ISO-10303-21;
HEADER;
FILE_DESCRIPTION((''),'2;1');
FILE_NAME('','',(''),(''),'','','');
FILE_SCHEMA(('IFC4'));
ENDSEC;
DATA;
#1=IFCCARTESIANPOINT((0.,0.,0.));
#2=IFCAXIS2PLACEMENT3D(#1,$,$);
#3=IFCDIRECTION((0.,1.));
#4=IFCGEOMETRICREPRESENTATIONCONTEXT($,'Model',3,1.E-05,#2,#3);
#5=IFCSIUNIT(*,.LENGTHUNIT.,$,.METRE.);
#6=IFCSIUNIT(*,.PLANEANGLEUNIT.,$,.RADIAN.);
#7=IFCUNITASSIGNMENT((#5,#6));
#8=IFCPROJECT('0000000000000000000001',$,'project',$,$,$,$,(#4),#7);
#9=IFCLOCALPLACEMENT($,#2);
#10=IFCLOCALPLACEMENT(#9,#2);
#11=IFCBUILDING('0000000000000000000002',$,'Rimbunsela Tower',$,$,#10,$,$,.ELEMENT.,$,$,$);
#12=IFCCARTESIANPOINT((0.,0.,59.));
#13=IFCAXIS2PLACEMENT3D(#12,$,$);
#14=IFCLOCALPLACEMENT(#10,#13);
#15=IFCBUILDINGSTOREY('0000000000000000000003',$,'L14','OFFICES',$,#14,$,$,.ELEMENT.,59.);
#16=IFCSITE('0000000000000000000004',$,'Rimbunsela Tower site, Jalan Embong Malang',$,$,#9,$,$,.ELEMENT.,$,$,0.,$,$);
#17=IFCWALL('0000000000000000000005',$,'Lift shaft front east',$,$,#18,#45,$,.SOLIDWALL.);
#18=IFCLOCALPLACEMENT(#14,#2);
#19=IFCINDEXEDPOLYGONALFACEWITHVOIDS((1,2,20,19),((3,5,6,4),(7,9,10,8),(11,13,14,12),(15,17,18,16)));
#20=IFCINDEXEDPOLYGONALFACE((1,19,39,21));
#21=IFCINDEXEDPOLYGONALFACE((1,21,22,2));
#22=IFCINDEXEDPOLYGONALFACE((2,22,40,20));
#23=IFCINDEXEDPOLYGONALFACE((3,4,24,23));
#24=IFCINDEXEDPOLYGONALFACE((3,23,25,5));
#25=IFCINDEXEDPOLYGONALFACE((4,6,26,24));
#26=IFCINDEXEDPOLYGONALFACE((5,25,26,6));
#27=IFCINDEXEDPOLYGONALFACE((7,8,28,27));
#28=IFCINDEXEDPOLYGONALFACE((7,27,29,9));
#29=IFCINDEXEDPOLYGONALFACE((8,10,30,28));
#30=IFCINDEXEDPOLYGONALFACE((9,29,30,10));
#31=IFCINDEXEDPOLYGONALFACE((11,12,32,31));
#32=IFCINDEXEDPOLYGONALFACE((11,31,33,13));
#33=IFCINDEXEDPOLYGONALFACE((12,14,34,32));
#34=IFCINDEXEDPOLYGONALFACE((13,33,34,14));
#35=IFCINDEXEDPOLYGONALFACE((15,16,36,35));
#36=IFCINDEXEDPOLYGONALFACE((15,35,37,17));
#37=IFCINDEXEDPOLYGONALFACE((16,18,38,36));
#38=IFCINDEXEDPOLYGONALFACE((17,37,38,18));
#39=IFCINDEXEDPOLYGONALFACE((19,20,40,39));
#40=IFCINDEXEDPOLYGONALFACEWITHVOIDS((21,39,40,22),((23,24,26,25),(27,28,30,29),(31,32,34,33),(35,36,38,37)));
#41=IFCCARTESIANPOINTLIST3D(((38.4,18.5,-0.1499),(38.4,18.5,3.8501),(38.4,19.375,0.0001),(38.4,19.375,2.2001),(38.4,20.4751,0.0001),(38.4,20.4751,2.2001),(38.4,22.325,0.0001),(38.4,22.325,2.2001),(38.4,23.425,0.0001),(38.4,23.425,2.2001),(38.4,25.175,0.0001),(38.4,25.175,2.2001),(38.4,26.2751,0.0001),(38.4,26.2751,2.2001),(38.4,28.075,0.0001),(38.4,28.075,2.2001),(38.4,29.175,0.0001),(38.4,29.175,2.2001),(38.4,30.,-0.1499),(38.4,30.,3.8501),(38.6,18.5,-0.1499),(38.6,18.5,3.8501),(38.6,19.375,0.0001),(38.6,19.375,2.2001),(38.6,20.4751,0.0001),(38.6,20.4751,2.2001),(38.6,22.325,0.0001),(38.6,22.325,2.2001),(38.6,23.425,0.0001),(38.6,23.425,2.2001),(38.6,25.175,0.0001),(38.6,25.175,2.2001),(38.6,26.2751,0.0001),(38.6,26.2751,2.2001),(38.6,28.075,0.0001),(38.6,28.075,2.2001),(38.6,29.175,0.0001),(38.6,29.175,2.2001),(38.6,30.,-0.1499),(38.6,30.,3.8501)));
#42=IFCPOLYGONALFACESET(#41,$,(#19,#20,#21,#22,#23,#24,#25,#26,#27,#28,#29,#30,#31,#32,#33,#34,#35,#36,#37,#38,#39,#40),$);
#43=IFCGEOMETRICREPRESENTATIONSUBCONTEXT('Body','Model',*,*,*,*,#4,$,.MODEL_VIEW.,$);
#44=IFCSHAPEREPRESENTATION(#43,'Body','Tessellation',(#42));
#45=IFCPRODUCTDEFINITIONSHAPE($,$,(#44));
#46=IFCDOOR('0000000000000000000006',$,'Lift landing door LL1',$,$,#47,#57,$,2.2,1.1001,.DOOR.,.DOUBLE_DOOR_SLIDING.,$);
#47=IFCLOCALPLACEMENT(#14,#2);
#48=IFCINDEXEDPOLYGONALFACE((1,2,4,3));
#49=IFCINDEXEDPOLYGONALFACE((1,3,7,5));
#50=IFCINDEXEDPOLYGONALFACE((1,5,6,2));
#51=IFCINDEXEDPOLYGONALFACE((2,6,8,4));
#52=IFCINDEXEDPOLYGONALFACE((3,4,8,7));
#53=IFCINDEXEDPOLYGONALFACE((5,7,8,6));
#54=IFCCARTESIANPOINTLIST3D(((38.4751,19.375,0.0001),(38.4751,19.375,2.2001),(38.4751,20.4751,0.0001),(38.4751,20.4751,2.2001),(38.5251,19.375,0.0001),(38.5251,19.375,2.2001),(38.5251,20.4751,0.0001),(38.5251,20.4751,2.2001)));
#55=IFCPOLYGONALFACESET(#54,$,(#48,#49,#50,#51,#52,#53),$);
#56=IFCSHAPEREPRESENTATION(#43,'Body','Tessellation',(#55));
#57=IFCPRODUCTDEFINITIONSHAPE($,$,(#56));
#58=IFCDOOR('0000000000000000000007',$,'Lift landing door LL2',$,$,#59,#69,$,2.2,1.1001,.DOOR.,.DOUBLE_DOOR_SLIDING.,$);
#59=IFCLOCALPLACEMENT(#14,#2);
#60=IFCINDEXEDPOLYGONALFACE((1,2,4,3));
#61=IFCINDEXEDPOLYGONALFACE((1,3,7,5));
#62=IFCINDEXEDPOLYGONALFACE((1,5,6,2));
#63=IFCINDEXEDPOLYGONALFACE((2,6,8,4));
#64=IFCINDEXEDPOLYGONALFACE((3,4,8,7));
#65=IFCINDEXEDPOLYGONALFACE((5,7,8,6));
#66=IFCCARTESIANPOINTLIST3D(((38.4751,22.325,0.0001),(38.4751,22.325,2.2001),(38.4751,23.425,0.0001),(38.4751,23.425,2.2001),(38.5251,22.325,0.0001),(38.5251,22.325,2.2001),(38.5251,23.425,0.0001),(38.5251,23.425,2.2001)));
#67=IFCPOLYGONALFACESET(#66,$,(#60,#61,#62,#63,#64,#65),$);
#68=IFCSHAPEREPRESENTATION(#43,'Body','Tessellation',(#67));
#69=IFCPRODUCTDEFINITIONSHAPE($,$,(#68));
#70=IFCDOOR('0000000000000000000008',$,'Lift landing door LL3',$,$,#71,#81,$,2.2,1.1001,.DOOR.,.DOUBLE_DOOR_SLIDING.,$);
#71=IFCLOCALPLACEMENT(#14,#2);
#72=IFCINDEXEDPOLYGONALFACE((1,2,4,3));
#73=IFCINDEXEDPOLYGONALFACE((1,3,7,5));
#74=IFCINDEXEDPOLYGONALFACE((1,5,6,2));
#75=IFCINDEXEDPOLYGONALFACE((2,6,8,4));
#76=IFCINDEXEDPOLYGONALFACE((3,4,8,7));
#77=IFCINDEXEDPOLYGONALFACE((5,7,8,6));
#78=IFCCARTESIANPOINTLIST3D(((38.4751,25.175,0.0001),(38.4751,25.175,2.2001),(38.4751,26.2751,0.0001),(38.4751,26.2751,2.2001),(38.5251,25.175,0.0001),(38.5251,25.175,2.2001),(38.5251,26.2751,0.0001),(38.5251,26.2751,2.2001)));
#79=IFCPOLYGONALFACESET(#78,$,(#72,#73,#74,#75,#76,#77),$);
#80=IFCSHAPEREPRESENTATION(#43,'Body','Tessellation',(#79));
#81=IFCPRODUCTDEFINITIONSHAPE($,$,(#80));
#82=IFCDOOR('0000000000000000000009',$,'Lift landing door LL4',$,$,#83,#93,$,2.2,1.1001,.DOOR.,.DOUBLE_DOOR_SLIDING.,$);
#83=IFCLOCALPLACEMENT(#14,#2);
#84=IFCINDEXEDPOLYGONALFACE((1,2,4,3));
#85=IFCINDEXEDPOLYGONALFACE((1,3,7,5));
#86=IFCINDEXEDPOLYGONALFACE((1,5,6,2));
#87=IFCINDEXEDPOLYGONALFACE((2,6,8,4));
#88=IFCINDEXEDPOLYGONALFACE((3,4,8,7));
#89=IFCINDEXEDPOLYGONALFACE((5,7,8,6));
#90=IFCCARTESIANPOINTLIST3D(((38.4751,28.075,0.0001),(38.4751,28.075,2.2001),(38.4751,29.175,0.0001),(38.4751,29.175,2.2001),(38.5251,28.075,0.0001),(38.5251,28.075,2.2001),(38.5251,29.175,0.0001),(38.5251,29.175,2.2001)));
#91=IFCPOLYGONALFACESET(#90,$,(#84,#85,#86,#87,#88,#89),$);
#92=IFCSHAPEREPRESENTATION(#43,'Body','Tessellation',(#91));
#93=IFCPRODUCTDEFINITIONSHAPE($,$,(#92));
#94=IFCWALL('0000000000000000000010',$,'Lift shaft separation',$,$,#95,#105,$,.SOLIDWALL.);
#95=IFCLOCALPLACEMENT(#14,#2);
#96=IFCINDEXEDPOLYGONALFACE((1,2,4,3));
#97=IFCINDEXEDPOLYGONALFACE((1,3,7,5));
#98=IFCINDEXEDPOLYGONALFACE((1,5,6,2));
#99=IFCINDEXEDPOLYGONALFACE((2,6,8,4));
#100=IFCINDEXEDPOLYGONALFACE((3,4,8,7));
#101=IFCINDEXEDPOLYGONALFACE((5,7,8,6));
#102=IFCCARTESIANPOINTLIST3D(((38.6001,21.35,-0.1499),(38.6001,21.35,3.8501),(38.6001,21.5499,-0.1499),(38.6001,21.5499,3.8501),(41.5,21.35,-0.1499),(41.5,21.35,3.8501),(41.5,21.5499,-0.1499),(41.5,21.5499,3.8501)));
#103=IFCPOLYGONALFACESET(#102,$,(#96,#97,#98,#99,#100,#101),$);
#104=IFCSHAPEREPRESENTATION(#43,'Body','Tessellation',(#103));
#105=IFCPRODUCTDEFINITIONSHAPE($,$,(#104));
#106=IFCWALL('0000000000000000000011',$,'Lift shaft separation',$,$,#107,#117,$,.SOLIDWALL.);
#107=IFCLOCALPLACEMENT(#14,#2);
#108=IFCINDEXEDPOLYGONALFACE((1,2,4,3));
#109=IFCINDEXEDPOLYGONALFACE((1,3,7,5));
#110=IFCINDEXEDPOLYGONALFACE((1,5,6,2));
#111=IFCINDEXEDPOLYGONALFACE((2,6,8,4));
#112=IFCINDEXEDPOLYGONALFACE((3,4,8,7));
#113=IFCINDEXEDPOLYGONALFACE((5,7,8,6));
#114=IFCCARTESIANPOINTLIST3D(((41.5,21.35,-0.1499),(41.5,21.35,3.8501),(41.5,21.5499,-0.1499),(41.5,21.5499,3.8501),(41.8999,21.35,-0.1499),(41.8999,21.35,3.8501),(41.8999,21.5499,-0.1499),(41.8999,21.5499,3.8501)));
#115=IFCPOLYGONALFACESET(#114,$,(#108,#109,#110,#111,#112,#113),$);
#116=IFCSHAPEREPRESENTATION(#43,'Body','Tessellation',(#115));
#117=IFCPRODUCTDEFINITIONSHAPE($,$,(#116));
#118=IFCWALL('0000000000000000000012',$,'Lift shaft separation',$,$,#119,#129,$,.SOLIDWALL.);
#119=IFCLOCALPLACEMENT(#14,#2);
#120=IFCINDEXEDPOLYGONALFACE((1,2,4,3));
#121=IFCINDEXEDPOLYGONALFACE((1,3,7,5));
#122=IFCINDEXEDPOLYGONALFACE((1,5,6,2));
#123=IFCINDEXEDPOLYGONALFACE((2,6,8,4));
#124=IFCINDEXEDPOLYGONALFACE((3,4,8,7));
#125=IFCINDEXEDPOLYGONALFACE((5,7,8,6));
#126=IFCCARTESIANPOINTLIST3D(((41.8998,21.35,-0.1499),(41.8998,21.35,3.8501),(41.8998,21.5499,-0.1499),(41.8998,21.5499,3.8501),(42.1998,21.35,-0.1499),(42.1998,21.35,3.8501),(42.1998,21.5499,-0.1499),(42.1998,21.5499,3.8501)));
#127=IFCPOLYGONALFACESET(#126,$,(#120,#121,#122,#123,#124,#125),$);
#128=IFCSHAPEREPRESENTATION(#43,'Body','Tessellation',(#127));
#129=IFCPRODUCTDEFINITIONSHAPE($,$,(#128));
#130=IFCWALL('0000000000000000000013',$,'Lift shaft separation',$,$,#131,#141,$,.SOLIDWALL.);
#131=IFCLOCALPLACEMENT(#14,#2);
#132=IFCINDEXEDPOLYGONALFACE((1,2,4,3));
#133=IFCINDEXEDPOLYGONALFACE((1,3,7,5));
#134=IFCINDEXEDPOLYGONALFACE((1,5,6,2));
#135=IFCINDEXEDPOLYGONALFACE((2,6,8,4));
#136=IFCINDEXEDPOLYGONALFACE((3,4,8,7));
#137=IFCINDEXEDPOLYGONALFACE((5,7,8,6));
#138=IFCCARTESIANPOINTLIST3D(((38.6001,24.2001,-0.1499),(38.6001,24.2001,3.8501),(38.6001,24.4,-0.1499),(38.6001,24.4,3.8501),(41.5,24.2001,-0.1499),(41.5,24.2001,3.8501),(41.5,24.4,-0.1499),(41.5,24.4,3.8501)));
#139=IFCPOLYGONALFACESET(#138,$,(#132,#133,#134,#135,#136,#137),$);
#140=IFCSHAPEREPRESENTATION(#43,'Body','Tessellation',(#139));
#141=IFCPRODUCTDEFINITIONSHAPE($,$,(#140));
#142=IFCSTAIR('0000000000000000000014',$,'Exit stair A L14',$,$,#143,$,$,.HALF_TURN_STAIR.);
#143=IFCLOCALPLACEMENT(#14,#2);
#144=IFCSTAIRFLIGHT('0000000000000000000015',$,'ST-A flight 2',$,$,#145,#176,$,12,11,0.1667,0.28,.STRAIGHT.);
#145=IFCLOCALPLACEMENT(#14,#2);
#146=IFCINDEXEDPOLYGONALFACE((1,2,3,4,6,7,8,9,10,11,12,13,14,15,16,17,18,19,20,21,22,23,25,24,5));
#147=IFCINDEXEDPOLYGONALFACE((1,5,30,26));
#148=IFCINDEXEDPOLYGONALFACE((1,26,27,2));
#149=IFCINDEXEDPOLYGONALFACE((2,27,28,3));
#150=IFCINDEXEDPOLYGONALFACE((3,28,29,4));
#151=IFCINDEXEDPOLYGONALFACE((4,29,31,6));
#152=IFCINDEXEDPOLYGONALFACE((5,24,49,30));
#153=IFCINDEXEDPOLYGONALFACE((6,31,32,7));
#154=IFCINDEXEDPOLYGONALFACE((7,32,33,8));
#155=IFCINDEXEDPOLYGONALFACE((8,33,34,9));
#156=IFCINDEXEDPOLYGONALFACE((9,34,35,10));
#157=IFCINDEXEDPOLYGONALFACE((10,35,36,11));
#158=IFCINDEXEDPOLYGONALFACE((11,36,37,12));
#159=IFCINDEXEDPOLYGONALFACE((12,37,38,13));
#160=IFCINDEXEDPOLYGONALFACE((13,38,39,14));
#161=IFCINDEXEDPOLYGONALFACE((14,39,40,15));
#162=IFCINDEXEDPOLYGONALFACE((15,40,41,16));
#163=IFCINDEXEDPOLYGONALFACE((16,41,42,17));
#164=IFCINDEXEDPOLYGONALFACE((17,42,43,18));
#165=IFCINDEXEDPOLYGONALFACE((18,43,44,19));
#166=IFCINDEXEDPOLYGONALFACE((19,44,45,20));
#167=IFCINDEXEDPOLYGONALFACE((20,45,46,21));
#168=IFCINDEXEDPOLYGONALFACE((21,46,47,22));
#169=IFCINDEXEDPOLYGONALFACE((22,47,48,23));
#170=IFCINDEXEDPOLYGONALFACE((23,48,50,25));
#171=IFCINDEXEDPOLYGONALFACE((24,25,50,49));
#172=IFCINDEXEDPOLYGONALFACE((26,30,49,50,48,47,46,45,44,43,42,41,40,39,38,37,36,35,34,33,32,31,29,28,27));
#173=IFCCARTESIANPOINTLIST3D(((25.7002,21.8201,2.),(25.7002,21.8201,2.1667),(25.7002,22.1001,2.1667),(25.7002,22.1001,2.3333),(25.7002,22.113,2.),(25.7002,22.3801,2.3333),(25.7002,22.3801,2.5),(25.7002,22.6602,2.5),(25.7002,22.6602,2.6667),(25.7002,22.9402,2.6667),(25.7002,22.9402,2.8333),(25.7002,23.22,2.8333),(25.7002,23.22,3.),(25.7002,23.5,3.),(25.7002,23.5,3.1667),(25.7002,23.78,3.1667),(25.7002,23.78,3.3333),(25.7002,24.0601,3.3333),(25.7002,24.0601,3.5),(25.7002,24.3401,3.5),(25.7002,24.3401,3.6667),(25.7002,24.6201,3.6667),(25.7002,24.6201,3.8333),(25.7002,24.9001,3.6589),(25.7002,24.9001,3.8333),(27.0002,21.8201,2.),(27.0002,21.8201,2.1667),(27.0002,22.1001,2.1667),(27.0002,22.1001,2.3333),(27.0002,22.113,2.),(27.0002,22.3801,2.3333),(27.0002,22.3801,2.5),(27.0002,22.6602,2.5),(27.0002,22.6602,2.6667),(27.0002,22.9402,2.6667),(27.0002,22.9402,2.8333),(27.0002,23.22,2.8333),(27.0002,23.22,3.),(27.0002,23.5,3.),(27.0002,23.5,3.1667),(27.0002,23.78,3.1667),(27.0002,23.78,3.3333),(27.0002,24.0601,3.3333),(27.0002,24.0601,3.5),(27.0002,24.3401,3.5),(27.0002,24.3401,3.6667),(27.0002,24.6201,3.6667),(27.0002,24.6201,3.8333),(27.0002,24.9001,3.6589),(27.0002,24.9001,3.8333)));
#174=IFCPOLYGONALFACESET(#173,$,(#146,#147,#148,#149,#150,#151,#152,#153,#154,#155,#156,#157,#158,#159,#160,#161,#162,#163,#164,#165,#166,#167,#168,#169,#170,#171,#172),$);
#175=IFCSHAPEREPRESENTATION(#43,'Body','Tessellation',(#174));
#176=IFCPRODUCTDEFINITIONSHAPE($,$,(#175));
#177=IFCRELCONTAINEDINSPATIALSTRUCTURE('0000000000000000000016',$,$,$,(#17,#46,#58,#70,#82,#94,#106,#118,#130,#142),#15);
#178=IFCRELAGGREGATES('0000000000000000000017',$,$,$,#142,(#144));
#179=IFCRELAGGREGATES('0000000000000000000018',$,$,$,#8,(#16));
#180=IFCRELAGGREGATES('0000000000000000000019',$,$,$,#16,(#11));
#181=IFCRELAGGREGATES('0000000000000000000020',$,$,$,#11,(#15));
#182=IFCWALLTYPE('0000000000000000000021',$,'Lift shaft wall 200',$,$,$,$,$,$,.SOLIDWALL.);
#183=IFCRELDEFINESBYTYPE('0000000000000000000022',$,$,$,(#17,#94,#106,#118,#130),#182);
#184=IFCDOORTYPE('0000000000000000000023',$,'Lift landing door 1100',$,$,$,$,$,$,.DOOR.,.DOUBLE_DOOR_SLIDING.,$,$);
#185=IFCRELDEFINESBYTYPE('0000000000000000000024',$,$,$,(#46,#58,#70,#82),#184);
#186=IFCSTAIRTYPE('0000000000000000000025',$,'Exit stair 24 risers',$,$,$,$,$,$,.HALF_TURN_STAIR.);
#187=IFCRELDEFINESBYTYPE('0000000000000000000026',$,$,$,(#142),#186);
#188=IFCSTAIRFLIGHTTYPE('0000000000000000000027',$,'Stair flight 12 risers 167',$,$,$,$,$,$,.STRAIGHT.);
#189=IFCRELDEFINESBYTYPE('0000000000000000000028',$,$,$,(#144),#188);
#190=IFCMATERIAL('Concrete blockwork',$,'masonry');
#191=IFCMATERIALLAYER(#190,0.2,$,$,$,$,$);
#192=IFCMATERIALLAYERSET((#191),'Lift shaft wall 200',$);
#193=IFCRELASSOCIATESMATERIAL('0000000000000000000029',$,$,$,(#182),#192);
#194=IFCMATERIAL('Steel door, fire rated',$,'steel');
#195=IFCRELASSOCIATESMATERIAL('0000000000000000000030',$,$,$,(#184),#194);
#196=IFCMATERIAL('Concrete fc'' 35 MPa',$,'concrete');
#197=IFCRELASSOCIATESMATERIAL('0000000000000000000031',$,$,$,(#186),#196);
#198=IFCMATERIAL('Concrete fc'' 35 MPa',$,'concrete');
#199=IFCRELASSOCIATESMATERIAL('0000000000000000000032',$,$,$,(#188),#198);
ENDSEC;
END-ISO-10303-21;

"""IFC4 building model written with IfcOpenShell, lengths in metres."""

from ifc_helpers import new_model, si_unit, direction, frame, frame_2d, origin, place, context, subcontext, project, spatial, polyline, rectangle, outline, extrude, material, layer, layer_set, type_object, element, fill, aggregate, save


model = new_model("IFC4")

# Units and contexts
model_context = context("Model", 3, precision=1e-05, world=origin(), true_north=direction((0.0, 1.0)))
body_context = subcontext(model_context, "Body", "Model", "MODEL_VIEW")
ifc_project = project(units=[si_unit("LENGTHUNIT", "METRE"), si_unit("PLANEANGLEUNIT", "RADIAN")], contexts=[model_context])

# Site, building, storey
site_placement = place(None, origin())
site = spatial("IfcSite", under=ifc_project, at=site_placement, Name="Rimbunsela Tower site, Jalan Embong Malang", CompositionType="ELEMENT", RefElevation=0.0)
building_placement = place(site_placement, origin())
building = spatial("IfcBuilding", under=site, at=building_placement, Name="Rimbunsela Tower", CompositionType="ELEMENT")
storey_placement = place(building_placement, frame((0.0, 0.0, 59.0)))
storey = spatial("IfcBuildingStorey", under=building, at=storey_placement, Name="L14", Description="OFFICES", CompositionType="ELEMENT", Elevation=59.0)

# Wall, openings, doors
ifc_material_1 = material(Name="Concrete blockwork", Category="masonry")
ifc_layer_1 = layer(ifc_material_1, 0.2)
ifc_layer_set_1 = layer_set([ifc_layer_1], Name="Lift shaft wall 200")
wall_type_1 = type_object("IfcWallType", Name="Lift shaft wall 200", PredefinedType="SOLIDWALL", material=ifc_layer_set_1)
wall_1_placement = place(storey_placement, frame((38.5, 18.5, -0.1499), z_axis=(0.0, 0.0, 1.0), x_axis=(0.0, 1.0, 0.0)))
wall_1 = element("IfcWall", 1, at=wall_1_placement, inside=storey, type_object=wall_type_1, Name="Lift shaft front east", PredefinedType="SOLIDWALL", context=body_context, shape_type="SweptSolid", body=[
    extrude(rectangle(XDim=11.5, YDim=0.2, at=frame_2d((5.75, 0.0))), origin(), (0.0, 0.0, 1.0), 4.0),
])
opening_1_placement = place(wall_1_placement, frame((0.875, 0.0, 0.1499)))
opening_1 = element("IfcOpeningElement", 2, at=opening_1_placement, cuts=wall_1, PredefinedType="OPENING", context=body_context, shape_type="SweptSolid", body=[
    extrude(rectangle(XDim=1.1001, YDim=2.2, at=frame_2d((0.55, 1.1001))), frame((0.0, 0.1099, 0.0), z_axis=(0.0, -1.0, 0.0), x_axis=(1.0, 0.0, 0.0)), (0.0, 0.0, 1.0), 0.22),
])
opening_2_placement = place(wall_1_placement, frame((3.825, 0.0, 0.1499)))
opening_2 = element("IfcOpeningElement", 3, at=opening_2_placement, cuts=wall_1, PredefinedType="OPENING", context=body_context, shape_type="SweptSolid", body=[
    extrude(rectangle(XDim=1.1001, YDim=2.2, at=frame_2d((0.55, 1.1001))), frame((0.0, 0.1099, 0.0), z_axis=(0.0, -1.0, 0.0), x_axis=(1.0, 0.0, 0.0)), (0.0, 0.0, 1.0), 0.22),
])
opening_3_placement = place(wall_1_placement, frame((6.675, 0.0, 0.1499)))
opening_3 = element("IfcOpeningElement", 4, at=opening_3_placement, cuts=wall_1, PredefinedType="OPENING", context=body_context, shape_type="SweptSolid", body=[
    extrude(rectangle(XDim=1.1001, YDim=2.2, at=frame_2d((0.55, 1.1001))), frame((0.0, 0.1099, 0.0), z_axis=(0.0, -1.0, 0.0), x_axis=(1.0, 0.0, 0.0)), (0.0, 0.0, 1.0), 0.22),
])
opening_4_placement = place(wall_1_placement, frame((9.575, 0.0, 0.1499)))
opening_4 = element("IfcOpeningElement", 5, at=opening_4_placement, cuts=wall_1, PredefinedType="OPENING", context=body_context, shape_type="SweptSolid", body=[
    extrude(rectangle(XDim=1.1001, YDim=2.2, at=frame_2d((0.55, 1.1001))), frame((0.0, 0.1099, 0.0), z_axis=(0.0, -1.0, 0.0), x_axis=(1.0, 0.0, 0.0)), (0.0, 0.0, 1.0), 0.22),
])
ifc_material_2 = material(Name="Steel door, fire rated", Category="steel")
door_type_1 = type_object("IfcDoorType", Name="Lift landing door 1100", OperationType="DOUBLE_DOOR_SLIDING", PredefinedType="DOOR", material=ifc_material_2)
door_1_placement = place(opening_1_placement, origin())
door_1 = element("IfcDoor", 6, at=door_1_placement, inside=storey, type_object=door_type_1, Name="Lift landing door LL1", OperationType="DOUBLE_DOOR_SLIDING", OverallHeight=2.2, OverallWidth=1.1001, PredefinedType="DOOR", context=body_context, shape_type="SweptSolid", body=[
    extrude(rectangle(XDim=1.1001, YDim=2.2, at=frame_2d((0.55, 1.1001))), frame((0.0, 0.0249, 0.0), z_axis=(0.0, -1.0, 0.0), x_axis=(1.0, 0.0, 0.0)), (0.0, 0.0, 1.0), 0.05),
])
fill(opening_1, door_1)
door_2_placement = place(opening_2_placement, origin())
door_2 = element("IfcDoor", 7, at=door_2_placement, inside=storey, type_object=door_type_1, Name="Lift landing door LL2", OperationType="DOUBLE_DOOR_SLIDING", OverallHeight=2.2, OverallWidth=1.1001, PredefinedType="DOOR", context=body_context, shape_type="SweptSolid", body=[
    extrude(rectangle(XDim=1.1001, YDim=2.2, at=frame_2d((0.55, 1.1001))), frame((0.0, 0.0249, 0.0), z_axis=(0.0, -1.0, 0.0), x_axis=(1.0, 0.0, 0.0)), (0.0, 0.0, 1.0), 0.05),
])
fill(opening_2, door_2)
door_3_placement = place(opening_3_placement, origin())
door_3 = element("IfcDoor", 8, at=door_3_placement, inside=storey, type_object=door_type_1, Name="Lift landing door LL3", OperationType="DOUBLE_DOOR_SLIDING", OverallHeight=2.2, OverallWidth=1.1001, PredefinedType="DOOR", context=body_context, shape_type="SweptSolid", body=[
    extrude(rectangle(XDim=1.1001, YDim=2.2, at=frame_2d((0.55, 1.1001))), frame((0.0, 0.0249, 0.0), z_axis=(0.0, -1.0, 0.0), x_axis=(1.0, 0.0, 0.0)), (0.0, 0.0, 1.0), 0.05),
])
fill(opening_3, door_3)
door_4_placement = place(opening_4_placement, origin())
door_4 = element("IfcDoor", 9, at=door_4_placement, inside=storey, type_object=door_type_1, Name="Lift landing door LL4", OperationType="DOUBLE_DOOR_SLIDING", OverallHeight=2.2, OverallWidth=1.1001, PredefinedType="DOOR", context=body_context, shape_type="SweptSolid", body=[
    extrude(rectangle(XDim=1.1001, YDim=2.2, at=frame_2d((0.55, 1.1001))), frame((0.0, 0.0249, 0.0), z_axis=(0.0, -1.0, 0.0), x_axis=(1.0, 0.0, 0.0)), (0.0, 0.0, 1.0), 0.05),
])
fill(opening_4, door_4)

# Walls
wall_2_placement = place(storey_placement, frame((38.6001, 21.45, -0.1499), z_axis=(0.0, 0.0, 1.0), x_axis=(1.0, 0.0, 0.0)))
element("IfcWall", 10, at=wall_2_placement, inside=storey, type_object=wall_type_1, Name="Lift shaft separation", PredefinedType="SOLIDWALL", context=body_context, shape_type="SweptSolid", body=[
    extrude(rectangle(XDim=2.8999, YDim=0.2, at=frame_2d((1.45, 0.0))), origin(), (0.0, 0.0, 1.0), 4.0),
])
wall_3_placement = place(storey_placement, frame((41.5, 21.45, -0.1499), z_axis=(0.0, 0.0, 1.0), x_axis=(1.0, 0.0, 0.0)))
element("IfcWall", 11, at=wall_3_placement, inside=storey, type_object=wall_type_1, Name="Lift shaft separation", PredefinedType="SOLIDWALL", context=body_context, shape_type="SweptSolid", body=[
    extrude(rectangle(XDim=0.3999, YDim=0.2, at=frame_2d((0.2, 0.0))), origin(), (0.0, 0.0, 1.0), 4.0),
])
wall_4_placement = place(storey_placement, frame((41.8999, 21.45, -0.1499), z_axis=(0.0, 0.0, 1.0), x_axis=(1.0, 0.0, 0.0)))
element("IfcWall", 12, at=wall_4_placement, inside=storey, type_object=wall_type_1, Name="Lift shaft separation", PredefinedType="SOLIDWALL", context=body_context, shape_type="SweptSolid", body=[
    extrude(rectangle(XDim=0.3, YDim=0.2, at=frame_2d((0.1499, 0.0))), origin(), (0.0, 0.0, 1.0), 4.0),
])
wall_5_placement = place(storey_placement, frame((38.6001, 24.3, -0.1499), z_axis=(0.0, 0.0, 1.0), x_axis=(1.0, 0.0, 0.0)))
element("IfcWall", 13, at=wall_5_placement, inside=storey, type_object=wall_type_1, Name="Lift shaft separation", PredefinedType="SOLIDWALL", context=body_context, shape_type="SweptSolid", body=[
    extrude(rectangle(XDim=2.8999, YDim=0.2, at=frame_2d((1.45, 0.0))), origin(), (0.0, 0.0, 1.0), 4.0),
])

# Stair, stair flight
ifc_material_3 = material(Name="Concrete fc' 35 MPa", Category="concrete")
stair_type = type_object("IfcStairType", Name="Exit stair 24 risers", PredefinedType="HALF_TURN_STAIR", material=ifc_material_3)
stair_1_placement = place(storey_placement, origin())
stair_1 = element("IfcStair", 14, at=stair_1_placement, inside=storey, type_object=stair_type, Name="Exit stair A L14", PredefinedType="HALF_TURN_STAIR")
ifc_material_4 = material(Name="Concrete fc' 35 MPa", Category="concrete")
stair_flight_type = type_object("IfcStairFlightType", Name="Stair flight 12 risers 167", PredefinedType="STRAIGHT", material=ifc_material_4)
stair_flight_1_placement = place(storey_placement, frame((26.3501, 21.8201, 2.0), z_axis=(0.0, 0.0, 1.0), x_axis=(0.0, 1.0, 0.0)))
stair_flight_1 = element("IfcStairFlight", 15, at=stair_flight_1_placement, type_object=stair_flight_type, Name="ST-A flight 2", NumberOfRisers=12, NumberOfTreads=11, PredefinedType="STRAIGHT", RiserHeight=0.1667, TreadLength=0.28, context=body_context, shape_type="SweptSolid", body=[
    extrude(outline(polyline([(0.0, 0.0), (0.0, 0.1667), (0.28, 0.1667), (0.28, 0.3333), (0.5601, 0.3333), (0.5601, 0.5), (0.8401, 0.5), (0.8401, 0.6667), (1.1201, 0.6667), (1.1201, 0.8333), (1.3999, 0.8333), (1.3999, 1.0), (1.6799, 1.0), (1.6799, 1.1667), (1.96, 1.1667), (1.96, 1.3333), (2.24, 1.3333), (2.24, 1.5), (2.52, 1.5), (2.52, 1.6667), (2.8, 1.6667), (2.8, 1.8333), (3.0801, 1.8333), (3.0801, 2.0), (3.0801, 1.6589), (0.293, 0.0), (0.0, 0.0)])), frame((0.0, 0.6499, 0.0), z_axis=(0.0, -1.0, 0.0), x_axis=(1.0, 0.0, 0.0)), (0.0, 0.0, 1.0), 1.3),
])
aggregate(stair_1, [stair_flight_1])

save(model, "model.ifc")
